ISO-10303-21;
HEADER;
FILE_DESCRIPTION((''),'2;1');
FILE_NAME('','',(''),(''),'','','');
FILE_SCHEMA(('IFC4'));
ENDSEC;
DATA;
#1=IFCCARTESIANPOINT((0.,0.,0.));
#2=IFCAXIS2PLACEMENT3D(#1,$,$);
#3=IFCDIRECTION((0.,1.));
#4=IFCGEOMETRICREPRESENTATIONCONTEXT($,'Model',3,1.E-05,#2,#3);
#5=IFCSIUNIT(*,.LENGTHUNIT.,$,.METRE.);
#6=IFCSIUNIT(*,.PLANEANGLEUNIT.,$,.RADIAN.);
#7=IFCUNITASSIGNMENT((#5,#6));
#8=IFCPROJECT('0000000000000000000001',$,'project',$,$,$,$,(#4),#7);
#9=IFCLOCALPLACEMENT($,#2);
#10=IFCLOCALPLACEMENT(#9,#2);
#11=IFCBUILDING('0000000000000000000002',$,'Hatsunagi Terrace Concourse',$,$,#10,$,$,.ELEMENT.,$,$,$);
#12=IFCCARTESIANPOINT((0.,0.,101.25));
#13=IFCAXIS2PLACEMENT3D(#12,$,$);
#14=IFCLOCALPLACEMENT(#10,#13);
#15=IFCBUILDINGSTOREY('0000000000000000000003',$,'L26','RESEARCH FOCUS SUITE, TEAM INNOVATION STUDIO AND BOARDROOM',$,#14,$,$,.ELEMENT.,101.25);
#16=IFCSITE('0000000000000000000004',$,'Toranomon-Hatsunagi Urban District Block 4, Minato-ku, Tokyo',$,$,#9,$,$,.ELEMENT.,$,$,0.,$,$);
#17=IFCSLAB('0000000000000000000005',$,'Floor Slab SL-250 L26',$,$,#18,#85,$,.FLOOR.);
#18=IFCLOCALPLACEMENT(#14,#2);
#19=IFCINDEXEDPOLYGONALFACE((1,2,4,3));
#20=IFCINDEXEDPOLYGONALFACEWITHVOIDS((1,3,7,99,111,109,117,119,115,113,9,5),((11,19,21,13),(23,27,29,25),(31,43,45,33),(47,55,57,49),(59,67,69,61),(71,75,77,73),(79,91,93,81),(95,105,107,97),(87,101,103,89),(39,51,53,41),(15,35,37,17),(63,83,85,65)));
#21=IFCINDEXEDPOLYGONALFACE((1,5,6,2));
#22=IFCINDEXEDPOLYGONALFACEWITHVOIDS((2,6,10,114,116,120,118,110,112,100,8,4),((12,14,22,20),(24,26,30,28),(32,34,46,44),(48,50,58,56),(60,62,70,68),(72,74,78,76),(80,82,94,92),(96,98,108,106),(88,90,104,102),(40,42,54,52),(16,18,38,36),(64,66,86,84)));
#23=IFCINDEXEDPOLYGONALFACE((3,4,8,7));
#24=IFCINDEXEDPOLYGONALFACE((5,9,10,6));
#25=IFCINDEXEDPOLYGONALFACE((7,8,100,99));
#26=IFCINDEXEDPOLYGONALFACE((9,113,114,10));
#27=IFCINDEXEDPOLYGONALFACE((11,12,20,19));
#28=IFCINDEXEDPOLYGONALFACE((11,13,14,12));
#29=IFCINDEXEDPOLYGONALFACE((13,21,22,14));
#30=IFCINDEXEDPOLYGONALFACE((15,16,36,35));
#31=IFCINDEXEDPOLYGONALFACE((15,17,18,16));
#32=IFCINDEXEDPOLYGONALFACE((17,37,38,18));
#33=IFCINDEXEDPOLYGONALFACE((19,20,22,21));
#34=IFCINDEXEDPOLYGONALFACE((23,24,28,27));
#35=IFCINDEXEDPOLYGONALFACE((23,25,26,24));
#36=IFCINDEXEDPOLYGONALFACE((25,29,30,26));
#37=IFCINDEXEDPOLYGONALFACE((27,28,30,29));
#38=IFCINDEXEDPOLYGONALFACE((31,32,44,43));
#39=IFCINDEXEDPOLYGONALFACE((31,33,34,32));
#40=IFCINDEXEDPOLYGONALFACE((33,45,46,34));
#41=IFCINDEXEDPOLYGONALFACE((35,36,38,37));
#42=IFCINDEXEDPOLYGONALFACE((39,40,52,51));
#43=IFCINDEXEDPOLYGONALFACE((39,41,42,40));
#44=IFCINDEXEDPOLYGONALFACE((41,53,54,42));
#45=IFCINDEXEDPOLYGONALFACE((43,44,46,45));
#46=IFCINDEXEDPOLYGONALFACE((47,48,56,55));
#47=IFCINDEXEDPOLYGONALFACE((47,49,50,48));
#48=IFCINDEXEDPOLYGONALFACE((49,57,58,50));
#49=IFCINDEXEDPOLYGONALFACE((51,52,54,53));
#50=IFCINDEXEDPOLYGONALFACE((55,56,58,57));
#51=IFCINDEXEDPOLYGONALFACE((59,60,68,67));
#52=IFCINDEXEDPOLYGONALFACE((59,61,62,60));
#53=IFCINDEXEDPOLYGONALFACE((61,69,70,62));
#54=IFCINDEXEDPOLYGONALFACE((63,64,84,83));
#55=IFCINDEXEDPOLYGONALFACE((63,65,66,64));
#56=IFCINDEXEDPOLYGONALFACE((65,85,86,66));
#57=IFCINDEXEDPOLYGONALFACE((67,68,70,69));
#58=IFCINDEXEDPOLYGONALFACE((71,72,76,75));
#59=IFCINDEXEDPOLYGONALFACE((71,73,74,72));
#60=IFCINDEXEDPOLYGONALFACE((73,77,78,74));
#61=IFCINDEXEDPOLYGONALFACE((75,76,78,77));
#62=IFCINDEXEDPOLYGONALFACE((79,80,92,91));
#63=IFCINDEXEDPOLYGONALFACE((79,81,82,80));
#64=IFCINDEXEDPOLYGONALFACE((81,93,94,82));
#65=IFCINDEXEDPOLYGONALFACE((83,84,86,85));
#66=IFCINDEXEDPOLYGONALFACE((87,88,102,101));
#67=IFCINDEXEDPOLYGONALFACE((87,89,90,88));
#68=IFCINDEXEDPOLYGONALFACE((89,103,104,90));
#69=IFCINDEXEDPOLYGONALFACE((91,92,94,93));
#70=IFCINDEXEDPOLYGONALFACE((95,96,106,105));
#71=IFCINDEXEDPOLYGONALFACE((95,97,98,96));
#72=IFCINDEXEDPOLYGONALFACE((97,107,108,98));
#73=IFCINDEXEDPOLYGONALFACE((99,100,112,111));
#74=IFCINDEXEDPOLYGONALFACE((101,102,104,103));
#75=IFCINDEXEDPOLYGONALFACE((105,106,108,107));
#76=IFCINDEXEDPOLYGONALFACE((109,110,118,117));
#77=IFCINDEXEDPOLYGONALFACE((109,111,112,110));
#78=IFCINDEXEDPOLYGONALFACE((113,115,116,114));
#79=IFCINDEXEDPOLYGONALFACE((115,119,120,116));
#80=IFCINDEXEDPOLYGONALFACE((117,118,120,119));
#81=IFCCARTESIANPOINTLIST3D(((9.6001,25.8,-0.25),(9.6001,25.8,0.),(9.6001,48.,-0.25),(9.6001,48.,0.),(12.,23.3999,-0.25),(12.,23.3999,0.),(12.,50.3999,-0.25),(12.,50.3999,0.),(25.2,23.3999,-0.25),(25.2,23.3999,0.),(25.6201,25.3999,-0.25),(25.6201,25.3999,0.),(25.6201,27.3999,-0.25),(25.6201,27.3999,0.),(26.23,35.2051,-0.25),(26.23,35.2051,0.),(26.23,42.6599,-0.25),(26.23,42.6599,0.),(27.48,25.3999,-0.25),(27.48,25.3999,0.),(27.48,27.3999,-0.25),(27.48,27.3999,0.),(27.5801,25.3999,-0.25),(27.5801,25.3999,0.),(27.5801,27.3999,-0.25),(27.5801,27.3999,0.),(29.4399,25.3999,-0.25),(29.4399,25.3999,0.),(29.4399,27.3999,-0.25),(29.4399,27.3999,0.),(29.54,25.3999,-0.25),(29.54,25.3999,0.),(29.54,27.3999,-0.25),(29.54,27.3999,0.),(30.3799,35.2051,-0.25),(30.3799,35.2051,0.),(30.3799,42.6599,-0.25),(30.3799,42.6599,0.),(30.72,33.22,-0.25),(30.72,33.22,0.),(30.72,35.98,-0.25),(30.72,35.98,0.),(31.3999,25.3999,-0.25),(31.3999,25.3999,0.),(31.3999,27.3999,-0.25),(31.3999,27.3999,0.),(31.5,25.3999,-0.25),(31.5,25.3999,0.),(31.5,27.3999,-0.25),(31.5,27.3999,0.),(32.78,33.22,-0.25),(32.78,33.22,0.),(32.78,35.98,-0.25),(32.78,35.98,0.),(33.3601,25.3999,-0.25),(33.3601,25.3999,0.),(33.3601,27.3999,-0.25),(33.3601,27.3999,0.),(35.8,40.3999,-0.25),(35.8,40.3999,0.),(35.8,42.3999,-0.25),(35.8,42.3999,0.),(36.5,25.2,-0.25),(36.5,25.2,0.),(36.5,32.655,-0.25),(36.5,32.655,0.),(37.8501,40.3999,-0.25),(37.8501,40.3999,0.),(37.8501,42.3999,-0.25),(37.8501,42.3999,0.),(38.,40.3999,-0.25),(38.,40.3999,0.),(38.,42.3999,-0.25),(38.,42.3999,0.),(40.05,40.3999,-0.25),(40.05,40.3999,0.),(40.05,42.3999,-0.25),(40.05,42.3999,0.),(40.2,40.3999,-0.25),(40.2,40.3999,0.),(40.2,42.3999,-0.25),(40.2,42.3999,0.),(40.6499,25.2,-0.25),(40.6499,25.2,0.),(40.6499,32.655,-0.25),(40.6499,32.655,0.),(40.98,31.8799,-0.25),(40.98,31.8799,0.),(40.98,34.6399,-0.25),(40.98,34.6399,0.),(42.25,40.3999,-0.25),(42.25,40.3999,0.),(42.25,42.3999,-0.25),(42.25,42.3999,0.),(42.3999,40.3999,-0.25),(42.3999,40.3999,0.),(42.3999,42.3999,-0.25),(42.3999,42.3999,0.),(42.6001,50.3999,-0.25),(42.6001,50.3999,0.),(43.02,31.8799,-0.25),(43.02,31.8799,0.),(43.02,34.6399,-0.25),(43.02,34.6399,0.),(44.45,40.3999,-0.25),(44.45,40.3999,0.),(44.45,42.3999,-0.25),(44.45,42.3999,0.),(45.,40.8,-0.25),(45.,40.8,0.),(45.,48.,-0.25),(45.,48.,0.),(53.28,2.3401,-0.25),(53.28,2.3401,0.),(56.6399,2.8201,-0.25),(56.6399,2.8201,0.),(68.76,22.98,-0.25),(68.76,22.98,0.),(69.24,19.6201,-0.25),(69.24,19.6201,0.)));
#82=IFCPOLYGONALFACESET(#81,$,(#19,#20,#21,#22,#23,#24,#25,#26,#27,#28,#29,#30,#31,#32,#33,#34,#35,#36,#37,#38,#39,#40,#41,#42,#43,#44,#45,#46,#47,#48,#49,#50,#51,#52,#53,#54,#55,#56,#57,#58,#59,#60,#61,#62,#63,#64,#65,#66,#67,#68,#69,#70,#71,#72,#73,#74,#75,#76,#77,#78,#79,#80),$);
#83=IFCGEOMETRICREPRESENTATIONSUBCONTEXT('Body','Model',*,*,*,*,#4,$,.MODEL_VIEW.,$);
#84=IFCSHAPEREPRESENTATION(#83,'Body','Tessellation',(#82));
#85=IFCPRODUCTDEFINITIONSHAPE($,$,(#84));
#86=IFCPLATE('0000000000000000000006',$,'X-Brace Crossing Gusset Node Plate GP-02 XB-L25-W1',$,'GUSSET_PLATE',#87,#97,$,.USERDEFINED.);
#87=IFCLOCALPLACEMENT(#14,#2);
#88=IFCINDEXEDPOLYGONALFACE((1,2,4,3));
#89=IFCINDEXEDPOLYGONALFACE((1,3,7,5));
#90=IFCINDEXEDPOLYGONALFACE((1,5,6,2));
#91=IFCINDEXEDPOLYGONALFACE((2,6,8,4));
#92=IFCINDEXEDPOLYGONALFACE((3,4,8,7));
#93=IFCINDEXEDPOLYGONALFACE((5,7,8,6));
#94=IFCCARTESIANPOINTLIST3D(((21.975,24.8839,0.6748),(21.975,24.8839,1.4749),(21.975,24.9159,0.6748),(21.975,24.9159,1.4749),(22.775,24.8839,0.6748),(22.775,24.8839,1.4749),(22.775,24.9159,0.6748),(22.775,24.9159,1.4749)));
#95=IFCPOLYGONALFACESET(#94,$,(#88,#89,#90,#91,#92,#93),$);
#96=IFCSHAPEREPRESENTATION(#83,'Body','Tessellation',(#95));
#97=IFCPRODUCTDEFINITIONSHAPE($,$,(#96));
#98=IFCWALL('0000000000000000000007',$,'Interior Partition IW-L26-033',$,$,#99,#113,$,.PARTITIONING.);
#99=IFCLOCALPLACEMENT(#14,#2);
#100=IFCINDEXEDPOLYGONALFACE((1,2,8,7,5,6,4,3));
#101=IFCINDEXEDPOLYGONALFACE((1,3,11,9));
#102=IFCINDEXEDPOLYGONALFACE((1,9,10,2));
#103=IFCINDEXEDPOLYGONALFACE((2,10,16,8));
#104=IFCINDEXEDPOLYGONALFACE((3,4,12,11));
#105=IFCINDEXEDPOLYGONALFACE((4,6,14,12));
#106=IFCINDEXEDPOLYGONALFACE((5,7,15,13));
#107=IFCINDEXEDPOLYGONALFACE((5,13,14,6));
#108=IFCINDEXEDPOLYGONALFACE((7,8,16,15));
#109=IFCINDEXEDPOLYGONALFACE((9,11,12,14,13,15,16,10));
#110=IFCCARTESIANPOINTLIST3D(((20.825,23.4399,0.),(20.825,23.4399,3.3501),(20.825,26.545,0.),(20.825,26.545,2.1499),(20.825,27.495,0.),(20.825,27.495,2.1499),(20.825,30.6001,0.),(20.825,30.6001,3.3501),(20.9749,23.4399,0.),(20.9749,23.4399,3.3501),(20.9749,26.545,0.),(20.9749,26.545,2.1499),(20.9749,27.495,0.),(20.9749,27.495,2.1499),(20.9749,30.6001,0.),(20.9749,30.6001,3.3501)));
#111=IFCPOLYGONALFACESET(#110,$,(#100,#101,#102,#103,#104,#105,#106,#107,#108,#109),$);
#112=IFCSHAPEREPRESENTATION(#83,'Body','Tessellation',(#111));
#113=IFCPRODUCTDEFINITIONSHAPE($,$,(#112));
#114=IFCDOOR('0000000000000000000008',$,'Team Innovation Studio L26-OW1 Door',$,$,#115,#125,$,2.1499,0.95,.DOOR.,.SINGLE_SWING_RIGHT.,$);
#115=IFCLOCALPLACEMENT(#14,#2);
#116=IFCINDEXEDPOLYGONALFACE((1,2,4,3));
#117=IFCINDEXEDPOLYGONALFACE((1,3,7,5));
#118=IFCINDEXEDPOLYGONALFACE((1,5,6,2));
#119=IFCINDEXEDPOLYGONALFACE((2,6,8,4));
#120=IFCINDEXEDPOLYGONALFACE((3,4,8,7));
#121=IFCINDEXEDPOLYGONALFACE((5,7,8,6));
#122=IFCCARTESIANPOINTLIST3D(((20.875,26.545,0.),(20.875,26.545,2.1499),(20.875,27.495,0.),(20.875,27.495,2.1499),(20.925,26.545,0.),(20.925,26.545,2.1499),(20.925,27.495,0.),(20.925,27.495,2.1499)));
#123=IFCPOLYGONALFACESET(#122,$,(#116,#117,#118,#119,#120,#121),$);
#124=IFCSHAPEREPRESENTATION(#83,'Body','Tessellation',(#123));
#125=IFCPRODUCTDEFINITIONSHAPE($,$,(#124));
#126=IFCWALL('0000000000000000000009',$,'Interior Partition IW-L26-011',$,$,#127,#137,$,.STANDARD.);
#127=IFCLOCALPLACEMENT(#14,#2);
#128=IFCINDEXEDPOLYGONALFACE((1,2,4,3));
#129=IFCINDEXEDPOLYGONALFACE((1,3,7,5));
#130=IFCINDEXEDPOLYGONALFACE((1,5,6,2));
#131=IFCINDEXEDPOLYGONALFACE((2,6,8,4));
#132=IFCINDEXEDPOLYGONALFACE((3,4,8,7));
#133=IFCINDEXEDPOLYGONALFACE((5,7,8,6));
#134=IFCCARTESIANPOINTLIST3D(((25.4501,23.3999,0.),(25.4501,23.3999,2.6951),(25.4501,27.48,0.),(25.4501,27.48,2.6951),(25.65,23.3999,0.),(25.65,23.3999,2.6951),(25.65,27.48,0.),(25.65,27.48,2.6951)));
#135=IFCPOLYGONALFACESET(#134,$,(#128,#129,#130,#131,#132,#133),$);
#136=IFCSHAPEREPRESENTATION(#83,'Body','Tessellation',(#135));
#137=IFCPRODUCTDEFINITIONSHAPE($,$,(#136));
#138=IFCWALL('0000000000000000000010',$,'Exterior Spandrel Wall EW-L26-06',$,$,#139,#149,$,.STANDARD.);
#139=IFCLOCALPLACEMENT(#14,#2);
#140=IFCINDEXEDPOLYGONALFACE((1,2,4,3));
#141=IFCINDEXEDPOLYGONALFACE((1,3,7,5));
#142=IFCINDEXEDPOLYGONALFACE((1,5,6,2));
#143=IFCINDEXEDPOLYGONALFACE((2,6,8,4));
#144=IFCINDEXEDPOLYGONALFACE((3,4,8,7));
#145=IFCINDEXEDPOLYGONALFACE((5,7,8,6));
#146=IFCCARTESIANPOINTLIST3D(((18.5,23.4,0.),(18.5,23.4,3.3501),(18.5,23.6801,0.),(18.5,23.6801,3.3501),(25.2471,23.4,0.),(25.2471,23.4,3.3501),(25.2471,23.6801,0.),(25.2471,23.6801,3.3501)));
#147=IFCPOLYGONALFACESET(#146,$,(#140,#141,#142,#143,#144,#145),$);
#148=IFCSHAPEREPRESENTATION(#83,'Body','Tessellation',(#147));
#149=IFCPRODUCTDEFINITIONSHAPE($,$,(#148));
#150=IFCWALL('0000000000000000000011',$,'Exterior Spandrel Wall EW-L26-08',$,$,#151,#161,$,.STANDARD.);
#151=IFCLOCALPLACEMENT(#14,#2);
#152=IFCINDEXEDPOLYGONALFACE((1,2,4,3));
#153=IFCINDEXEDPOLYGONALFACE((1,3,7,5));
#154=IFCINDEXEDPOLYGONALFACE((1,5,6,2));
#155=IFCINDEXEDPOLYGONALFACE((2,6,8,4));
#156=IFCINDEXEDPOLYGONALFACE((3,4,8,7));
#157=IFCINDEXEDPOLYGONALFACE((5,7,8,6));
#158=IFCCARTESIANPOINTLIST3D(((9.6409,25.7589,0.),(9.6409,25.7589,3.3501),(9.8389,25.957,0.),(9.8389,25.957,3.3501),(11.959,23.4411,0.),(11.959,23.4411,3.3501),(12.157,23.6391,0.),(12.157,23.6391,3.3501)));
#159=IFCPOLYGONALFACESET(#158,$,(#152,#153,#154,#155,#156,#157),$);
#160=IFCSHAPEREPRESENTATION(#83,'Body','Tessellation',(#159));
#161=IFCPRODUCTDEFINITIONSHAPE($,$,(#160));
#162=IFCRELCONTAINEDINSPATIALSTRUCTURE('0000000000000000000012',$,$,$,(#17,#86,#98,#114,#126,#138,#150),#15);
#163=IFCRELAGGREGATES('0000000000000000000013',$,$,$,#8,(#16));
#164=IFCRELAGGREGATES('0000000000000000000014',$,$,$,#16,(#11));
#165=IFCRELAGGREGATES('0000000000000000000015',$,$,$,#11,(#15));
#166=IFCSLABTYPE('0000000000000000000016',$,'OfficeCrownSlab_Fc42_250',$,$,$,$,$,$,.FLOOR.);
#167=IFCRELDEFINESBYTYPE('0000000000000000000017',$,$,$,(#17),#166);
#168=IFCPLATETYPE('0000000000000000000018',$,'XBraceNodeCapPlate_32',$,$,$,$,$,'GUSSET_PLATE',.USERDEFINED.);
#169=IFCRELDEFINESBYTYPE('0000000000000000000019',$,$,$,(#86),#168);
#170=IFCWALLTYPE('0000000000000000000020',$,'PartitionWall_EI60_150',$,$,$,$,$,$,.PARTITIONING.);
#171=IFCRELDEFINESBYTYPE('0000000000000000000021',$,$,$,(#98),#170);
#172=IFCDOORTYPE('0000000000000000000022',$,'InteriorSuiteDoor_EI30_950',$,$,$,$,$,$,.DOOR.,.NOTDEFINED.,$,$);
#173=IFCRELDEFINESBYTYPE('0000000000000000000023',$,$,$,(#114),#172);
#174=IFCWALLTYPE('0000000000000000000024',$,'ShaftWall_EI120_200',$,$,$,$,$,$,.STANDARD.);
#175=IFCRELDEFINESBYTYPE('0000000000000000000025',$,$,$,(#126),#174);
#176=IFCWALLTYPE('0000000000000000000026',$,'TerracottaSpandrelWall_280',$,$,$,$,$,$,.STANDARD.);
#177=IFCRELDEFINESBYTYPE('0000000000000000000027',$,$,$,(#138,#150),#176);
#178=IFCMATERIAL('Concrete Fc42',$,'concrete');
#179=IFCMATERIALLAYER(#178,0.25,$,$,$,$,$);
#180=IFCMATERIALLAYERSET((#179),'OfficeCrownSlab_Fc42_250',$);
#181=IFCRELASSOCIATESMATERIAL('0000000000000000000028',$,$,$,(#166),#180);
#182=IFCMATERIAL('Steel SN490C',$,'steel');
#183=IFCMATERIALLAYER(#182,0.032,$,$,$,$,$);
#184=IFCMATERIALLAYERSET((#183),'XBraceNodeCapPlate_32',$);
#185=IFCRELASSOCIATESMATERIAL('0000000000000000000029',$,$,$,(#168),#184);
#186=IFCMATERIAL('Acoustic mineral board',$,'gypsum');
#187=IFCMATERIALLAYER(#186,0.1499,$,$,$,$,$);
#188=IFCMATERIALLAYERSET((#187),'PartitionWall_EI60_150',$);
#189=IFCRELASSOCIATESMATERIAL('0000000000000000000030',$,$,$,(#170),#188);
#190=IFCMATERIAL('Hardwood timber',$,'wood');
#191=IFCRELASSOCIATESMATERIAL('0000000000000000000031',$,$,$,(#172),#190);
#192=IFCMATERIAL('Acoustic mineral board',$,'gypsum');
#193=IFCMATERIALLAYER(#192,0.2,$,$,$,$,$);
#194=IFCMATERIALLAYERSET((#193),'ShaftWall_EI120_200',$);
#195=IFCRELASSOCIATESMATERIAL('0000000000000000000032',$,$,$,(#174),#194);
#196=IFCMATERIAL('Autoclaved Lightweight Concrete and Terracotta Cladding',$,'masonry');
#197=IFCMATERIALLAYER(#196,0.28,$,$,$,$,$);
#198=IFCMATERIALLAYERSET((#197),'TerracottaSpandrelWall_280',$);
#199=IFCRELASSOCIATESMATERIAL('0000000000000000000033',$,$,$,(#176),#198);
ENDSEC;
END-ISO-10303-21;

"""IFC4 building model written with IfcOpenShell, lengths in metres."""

from ifc_helpers import new_model, si_unit, direction, frame, frame_2d, origin, origin_2d, place, context, subcontext, project, spatial, polyline, rectangle, outline, extrude, material, layer, layer_set, type_object, element, fill, save


model = new_model("IFC4")

# Units and contexts
model_context = context("Model", 3, precision=1e-05, world=origin(), true_north=direction((0.0, 1.0)))
body_context = subcontext(model_context, "Body", "Model", "MODEL_VIEW")
ifc_project = project(units=[si_unit("LENGTHUNIT", "METRE"), si_unit("PLANEANGLEUNIT", "RADIAN")], contexts=[model_context])

# Site, building, storey
site_placement = place(None, origin())
site = spatial("IfcSite", under=ifc_project, at=site_placement, Name="Toranomon-Hatsunagi Urban District Block 4, Minato-ku, Tokyo", CompositionType="ELEMENT", RefElevation=0.0)
building_placement = place(site_placement, origin())
building = spatial("IfcBuilding", under=site, at=building_placement, Name="Hatsunagi Terrace Concourse", CompositionType="ELEMENT")
storey_placement = place(building_placement, frame((0.0, 0.0, 101.25)))
storey = spatial("IfcBuildingStorey", under=building, at=storey_placement, Name="L26", Description="RESEARCH FOCUS SUITE, TEAM INNOVATION STUDIO AND BOARDROOM", CompositionType="ELEMENT", Elevation=101.25)

# Slab
ifc_material_1 = material(Name="Concrete Fc42", Category="concrete")
ifc_layer_1 = layer(ifc_material_1, 0.25)
ifc_layer_set_1 = layer_set([ifc_layer_1], Name="OfficeCrownSlab_Fc42_250")
slab_type_1 = type_object("IfcSlabType", Name="OfficeCrownSlab_Fc42_250", PredefinedType="FLOOR", material=ifc_layer_set_1)
slab_1_placement = place(storey_placement, frame((0.0, 0.0, -0.25)))
element("IfcSlab", 1, at=slab_1_placement, inside=storey, type_object=slab_type_1, Name="Floor Slab SL-250 L26", PredefinedType="FLOOR", context=body_context, shape_type="SweptSolid", body=[
    extrude(outline(polyline([(45.0, 40.8), (45.0, 48.0), (42.6001, 50.3999), (12.0, 50.3999), (9.6001, 48.0), (9.6001, 25.8), (12.0, 23.3999), (25.2, 23.3999), (53.28, 2.3401), (56.6399, 2.8201), (69.24, 19.6201), (68.76, 22.98), (45.0, 40.8)]), holes=[polyline([(26.23, 35.2051), (30.3799, 35.2051), (30.3799, 42.6599), (26.23, 42.6599), (26.23, 35.2051)]), polyline([(36.5, 25.2), (40.6499, 25.2), (40.6499, 32.655), (36.5, 32.655), (36.5, 25.2)]), polyline([(30.72, 33.22), (32.78, 33.22), (32.78, 35.98), (30.72, 35.98), (30.72, 33.22)]), polyline([(40.98, 31.8799), (43.02, 31.8799), (43.02, 34.6399), (40.98, 34.6399), (40.98, 31.8799)]), polyline([(25.6201, 25.3999), (27.48, 25.3999), (27.48, 27.3999), (25.6201, 27.3999), (25.6201, 25.3999)]), polyline([(27.5801, 25.3999), (29.4399, 25.3999), (29.4399, 27.3999), (27.5801, 27.3999), (27.5801, 25.3999)]), polyline([(29.54, 25.3999), (31.3999, 25.3999), (31.3999, 27.3999), (29.54, 27.3999), (29.54, 25.3999)]), polyline([(31.5, 25.3999), (33.3601, 25.3999), (33.3601, 27.3999), (31.5, 27.3999), (31.5, 25.3999)]), polyline([(35.8, 40.3999), (37.8501, 40.3999), (37.8501, 42.3999), (35.8, 42.3999), (35.8, 40.3999)]), polyline([(38.0, 40.3999), (40.05, 40.3999), (40.05, 42.3999), (38.0, 42.3999), (38.0, 40.3999)]), polyline([(40.2, 40.3999), (42.25, 40.3999), (42.25, 42.3999), (40.2, 42.3999), (40.2, 40.3999)]), polyline([(42.3999, 40.3999), (44.45, 40.3999), (44.45, 42.3999), (42.3999, 42.3999), (42.3999, 40.3999)])]), origin(), (0.0, 0.0, 1.0), 0.25),
])

# Plate
ifc_material_2 = material(Name="Steel SN490C", Category="steel")
ifc_layer_2 = layer(ifc_material_2, 0.032)
ifc_layer_set_2 = layer_set([ifc_layer_2], Name="XBraceNodeCapPlate_32")
plate_type_1 = type_object("IfcPlateType", Name="XBraceNodeCapPlate_32", ElementType="GUSSET_PLATE", PredefinedType="USERDEFINED", material=ifc_layer_set_2)
plate_1_placement = place(storey_placement, frame((22.375, 24.8999, 0.6748), z_axis=(0.0, 0.0, 1.0), x_axis=(1.0, 0.0, 0.0)))
element("IfcPlate", 2, at=plate_1_placement, inside=storey, type_object=plate_type_1, Name="X-Brace Crossing Gusset Node Plate GP-02 XB-L25-W1", ObjectType="GUSSET_PLATE", PredefinedType="USERDEFINED", context=body_context, shape_type="SweptSolid", body=[
    extrude(rectangle(XDim=0.8, YDim=0.032, at=origin_2d()), origin(), (0.0, 0.0, 1.0), 0.8),
])

# Wall, opening, door
ifc_material_3 = material(Name="Acoustic mineral board", Category="gypsum")
ifc_layer_3 = layer(ifc_material_3, 0.1499)
ifc_layer_set_3 = layer_set([ifc_layer_3], Name="PartitionWall_EI60_150")
wall_type_1 = type_object("IfcWallType", Name="PartitionWall_EI60_150", PredefinedType="PARTITIONING", material=ifc_layer_set_3)
wall_1_placement = place(storey_placement, frame((20.8999, 23.4399, 0.0), z_axis=(0.0, 0.0, 1.0), x_axis=(0.0, 1.0, 0.0)))
wall_1 = element("IfcWall", 3, at=wall_1_placement, inside=storey, type_object=wall_type_1, Name="Interior Partition IW-L26-033", PredefinedType="PARTITIONING", context=body_context, shape_type="SweptSolid", body=[
    extrude(rectangle(XDim=7.1602, YDim=0.1499, at=frame_2d((3.5801, 0.0))), origin(), (0.0, 0.0, 1.0), 3.3501),
])
opening_placement = place(wall_1_placement, frame((3.105, 0.0, 0.0)))
opening = element("IfcOpeningElement", 4, at=opening_placement, cuts=wall_1, PredefinedType="OPENING", context=body_context, shape_type="SweptSolid", body=[
    extrude(rectangle(XDim=0.95, YDim=2.1499, at=frame_2d((0.4751, 1.075))), frame((0.0, 0.085, 0.0), z_axis=(0.0, -1.0, 0.0), x_axis=(1.0, 0.0, 0.0)), (0.0, 0.0, 1.0), 0.1699),
])
ifc_material_4 = material(Name="Hardwood timber", Category="wood")
door_type = type_object("IfcDoorType", Name="InteriorSuiteDoor_EI30_950", OperationType="NOTDEFINED", PredefinedType="DOOR", material=ifc_material_4)
door_placement = place(opening_placement, origin())
door = element("IfcDoor", 5, at=door_placement, inside=storey, type_object=door_type, Name="Team Innovation Studio L26-OW1 Door", OperationType="SINGLE_SWING_RIGHT", OverallHeight=2.1499, OverallWidth=0.95, PredefinedType="DOOR", context=body_context, shape_type="SweptSolid", body=[
    extrude(rectangle(XDim=0.95, YDim=2.1499, at=frame_2d((0.4751, 1.075))), frame((0.0, 0.0249, 0.0), z_axis=(0.0, -1.0, 0.0), x_axis=(1.0, 0.0, 0.0)), (0.0, 0.0, 1.0), 0.05),
])
fill(opening, door)

# Walls
ifc_material_5 = material(Name="Acoustic mineral board", Category="gypsum")
ifc_layer_4 = layer(ifc_material_5, 0.2)
ifc_layer_set_4 = layer_set([ifc_layer_4], Name="ShaftWall_EI120_200")
wall_type_2 = type_object("IfcWallType", Name="ShaftWall_EI120_200", PredefinedType="STANDARD", material=ifc_layer_set_4)
wall_2_placement = place(storey_placement, frame((25.55, 23.3999, 0.0), z_axis=(0.0, 0.0, 1.0), x_axis=(0.0, 1.0, 0.0)))
element("IfcWall", 6, at=wall_2_placement, inside=storey, type_object=wall_type_2, Name="Interior Partition IW-L26-011", PredefinedType="STANDARD", context=body_context, shape_type="SweptSolid", body=[
    extrude(rectangle(XDim=4.0801, YDim=0.2, at=frame_2d((2.04, 0.0))), origin(), (0.0, 0.0, 1.0), 2.6951),
])
ifc_material_6 = material(Name="Autoclaved Lightweight Concrete and Terracotta Cladding", Category="masonry")
ifc_layer_5 = layer(ifc_material_6, 0.28)
ifc_layer_set_5 = layer_set([ifc_layer_5], Name="TerracottaSpandrelWall_280")
wall_type_3 = type_object("IfcWallType", Name="TerracottaSpandrelWall_280", PredefinedType="STANDARD", material=ifc_layer_set_5)
wall_3_placement = place(storey_placement, frame((25.2471, 23.54, 0.0), z_axis=(0.0, 0.0, 1.0), x_axis=(-1.0, 0.0, 0.0)))
element("IfcWall", 7, at=wall_3_placement, inside=storey, type_object=wall_type_3, Name="Exterior Spandrel Wall EW-L26-06", PredefinedType="STANDARD", context=body_context, shape_type="SweptSolid", body=[
    extrude(rectangle(XDim=6.7471, YDim=0.28, at=frame_2d((3.3735, 0.0))), origin(), (0.0, 0.0, 1.0), 3.3501),
])
wall_4_placement = place(storey_placement, frame((12.0581, 23.54, 0.0), z_axis=(0.0, 0.0, 1.0), x_axis=(-0.707144, 0.70707, 0.0)))
element("IfcWall", 8, at=wall_4_placement, inside=storey, type_object=wall_type_3, Name="Exterior Spandrel Wall EW-L26-08", PredefinedType="STANDARD", context=body_context, shape_type="SweptSolid", body=[
    extrude(rectangle(XDim=3.2781, YDim=0.28, at=frame_2d((1.6392, 0.0))), origin(), (0.0, 0.0, 1.0), 3.3501),
])

save(model, "model.ifc")
